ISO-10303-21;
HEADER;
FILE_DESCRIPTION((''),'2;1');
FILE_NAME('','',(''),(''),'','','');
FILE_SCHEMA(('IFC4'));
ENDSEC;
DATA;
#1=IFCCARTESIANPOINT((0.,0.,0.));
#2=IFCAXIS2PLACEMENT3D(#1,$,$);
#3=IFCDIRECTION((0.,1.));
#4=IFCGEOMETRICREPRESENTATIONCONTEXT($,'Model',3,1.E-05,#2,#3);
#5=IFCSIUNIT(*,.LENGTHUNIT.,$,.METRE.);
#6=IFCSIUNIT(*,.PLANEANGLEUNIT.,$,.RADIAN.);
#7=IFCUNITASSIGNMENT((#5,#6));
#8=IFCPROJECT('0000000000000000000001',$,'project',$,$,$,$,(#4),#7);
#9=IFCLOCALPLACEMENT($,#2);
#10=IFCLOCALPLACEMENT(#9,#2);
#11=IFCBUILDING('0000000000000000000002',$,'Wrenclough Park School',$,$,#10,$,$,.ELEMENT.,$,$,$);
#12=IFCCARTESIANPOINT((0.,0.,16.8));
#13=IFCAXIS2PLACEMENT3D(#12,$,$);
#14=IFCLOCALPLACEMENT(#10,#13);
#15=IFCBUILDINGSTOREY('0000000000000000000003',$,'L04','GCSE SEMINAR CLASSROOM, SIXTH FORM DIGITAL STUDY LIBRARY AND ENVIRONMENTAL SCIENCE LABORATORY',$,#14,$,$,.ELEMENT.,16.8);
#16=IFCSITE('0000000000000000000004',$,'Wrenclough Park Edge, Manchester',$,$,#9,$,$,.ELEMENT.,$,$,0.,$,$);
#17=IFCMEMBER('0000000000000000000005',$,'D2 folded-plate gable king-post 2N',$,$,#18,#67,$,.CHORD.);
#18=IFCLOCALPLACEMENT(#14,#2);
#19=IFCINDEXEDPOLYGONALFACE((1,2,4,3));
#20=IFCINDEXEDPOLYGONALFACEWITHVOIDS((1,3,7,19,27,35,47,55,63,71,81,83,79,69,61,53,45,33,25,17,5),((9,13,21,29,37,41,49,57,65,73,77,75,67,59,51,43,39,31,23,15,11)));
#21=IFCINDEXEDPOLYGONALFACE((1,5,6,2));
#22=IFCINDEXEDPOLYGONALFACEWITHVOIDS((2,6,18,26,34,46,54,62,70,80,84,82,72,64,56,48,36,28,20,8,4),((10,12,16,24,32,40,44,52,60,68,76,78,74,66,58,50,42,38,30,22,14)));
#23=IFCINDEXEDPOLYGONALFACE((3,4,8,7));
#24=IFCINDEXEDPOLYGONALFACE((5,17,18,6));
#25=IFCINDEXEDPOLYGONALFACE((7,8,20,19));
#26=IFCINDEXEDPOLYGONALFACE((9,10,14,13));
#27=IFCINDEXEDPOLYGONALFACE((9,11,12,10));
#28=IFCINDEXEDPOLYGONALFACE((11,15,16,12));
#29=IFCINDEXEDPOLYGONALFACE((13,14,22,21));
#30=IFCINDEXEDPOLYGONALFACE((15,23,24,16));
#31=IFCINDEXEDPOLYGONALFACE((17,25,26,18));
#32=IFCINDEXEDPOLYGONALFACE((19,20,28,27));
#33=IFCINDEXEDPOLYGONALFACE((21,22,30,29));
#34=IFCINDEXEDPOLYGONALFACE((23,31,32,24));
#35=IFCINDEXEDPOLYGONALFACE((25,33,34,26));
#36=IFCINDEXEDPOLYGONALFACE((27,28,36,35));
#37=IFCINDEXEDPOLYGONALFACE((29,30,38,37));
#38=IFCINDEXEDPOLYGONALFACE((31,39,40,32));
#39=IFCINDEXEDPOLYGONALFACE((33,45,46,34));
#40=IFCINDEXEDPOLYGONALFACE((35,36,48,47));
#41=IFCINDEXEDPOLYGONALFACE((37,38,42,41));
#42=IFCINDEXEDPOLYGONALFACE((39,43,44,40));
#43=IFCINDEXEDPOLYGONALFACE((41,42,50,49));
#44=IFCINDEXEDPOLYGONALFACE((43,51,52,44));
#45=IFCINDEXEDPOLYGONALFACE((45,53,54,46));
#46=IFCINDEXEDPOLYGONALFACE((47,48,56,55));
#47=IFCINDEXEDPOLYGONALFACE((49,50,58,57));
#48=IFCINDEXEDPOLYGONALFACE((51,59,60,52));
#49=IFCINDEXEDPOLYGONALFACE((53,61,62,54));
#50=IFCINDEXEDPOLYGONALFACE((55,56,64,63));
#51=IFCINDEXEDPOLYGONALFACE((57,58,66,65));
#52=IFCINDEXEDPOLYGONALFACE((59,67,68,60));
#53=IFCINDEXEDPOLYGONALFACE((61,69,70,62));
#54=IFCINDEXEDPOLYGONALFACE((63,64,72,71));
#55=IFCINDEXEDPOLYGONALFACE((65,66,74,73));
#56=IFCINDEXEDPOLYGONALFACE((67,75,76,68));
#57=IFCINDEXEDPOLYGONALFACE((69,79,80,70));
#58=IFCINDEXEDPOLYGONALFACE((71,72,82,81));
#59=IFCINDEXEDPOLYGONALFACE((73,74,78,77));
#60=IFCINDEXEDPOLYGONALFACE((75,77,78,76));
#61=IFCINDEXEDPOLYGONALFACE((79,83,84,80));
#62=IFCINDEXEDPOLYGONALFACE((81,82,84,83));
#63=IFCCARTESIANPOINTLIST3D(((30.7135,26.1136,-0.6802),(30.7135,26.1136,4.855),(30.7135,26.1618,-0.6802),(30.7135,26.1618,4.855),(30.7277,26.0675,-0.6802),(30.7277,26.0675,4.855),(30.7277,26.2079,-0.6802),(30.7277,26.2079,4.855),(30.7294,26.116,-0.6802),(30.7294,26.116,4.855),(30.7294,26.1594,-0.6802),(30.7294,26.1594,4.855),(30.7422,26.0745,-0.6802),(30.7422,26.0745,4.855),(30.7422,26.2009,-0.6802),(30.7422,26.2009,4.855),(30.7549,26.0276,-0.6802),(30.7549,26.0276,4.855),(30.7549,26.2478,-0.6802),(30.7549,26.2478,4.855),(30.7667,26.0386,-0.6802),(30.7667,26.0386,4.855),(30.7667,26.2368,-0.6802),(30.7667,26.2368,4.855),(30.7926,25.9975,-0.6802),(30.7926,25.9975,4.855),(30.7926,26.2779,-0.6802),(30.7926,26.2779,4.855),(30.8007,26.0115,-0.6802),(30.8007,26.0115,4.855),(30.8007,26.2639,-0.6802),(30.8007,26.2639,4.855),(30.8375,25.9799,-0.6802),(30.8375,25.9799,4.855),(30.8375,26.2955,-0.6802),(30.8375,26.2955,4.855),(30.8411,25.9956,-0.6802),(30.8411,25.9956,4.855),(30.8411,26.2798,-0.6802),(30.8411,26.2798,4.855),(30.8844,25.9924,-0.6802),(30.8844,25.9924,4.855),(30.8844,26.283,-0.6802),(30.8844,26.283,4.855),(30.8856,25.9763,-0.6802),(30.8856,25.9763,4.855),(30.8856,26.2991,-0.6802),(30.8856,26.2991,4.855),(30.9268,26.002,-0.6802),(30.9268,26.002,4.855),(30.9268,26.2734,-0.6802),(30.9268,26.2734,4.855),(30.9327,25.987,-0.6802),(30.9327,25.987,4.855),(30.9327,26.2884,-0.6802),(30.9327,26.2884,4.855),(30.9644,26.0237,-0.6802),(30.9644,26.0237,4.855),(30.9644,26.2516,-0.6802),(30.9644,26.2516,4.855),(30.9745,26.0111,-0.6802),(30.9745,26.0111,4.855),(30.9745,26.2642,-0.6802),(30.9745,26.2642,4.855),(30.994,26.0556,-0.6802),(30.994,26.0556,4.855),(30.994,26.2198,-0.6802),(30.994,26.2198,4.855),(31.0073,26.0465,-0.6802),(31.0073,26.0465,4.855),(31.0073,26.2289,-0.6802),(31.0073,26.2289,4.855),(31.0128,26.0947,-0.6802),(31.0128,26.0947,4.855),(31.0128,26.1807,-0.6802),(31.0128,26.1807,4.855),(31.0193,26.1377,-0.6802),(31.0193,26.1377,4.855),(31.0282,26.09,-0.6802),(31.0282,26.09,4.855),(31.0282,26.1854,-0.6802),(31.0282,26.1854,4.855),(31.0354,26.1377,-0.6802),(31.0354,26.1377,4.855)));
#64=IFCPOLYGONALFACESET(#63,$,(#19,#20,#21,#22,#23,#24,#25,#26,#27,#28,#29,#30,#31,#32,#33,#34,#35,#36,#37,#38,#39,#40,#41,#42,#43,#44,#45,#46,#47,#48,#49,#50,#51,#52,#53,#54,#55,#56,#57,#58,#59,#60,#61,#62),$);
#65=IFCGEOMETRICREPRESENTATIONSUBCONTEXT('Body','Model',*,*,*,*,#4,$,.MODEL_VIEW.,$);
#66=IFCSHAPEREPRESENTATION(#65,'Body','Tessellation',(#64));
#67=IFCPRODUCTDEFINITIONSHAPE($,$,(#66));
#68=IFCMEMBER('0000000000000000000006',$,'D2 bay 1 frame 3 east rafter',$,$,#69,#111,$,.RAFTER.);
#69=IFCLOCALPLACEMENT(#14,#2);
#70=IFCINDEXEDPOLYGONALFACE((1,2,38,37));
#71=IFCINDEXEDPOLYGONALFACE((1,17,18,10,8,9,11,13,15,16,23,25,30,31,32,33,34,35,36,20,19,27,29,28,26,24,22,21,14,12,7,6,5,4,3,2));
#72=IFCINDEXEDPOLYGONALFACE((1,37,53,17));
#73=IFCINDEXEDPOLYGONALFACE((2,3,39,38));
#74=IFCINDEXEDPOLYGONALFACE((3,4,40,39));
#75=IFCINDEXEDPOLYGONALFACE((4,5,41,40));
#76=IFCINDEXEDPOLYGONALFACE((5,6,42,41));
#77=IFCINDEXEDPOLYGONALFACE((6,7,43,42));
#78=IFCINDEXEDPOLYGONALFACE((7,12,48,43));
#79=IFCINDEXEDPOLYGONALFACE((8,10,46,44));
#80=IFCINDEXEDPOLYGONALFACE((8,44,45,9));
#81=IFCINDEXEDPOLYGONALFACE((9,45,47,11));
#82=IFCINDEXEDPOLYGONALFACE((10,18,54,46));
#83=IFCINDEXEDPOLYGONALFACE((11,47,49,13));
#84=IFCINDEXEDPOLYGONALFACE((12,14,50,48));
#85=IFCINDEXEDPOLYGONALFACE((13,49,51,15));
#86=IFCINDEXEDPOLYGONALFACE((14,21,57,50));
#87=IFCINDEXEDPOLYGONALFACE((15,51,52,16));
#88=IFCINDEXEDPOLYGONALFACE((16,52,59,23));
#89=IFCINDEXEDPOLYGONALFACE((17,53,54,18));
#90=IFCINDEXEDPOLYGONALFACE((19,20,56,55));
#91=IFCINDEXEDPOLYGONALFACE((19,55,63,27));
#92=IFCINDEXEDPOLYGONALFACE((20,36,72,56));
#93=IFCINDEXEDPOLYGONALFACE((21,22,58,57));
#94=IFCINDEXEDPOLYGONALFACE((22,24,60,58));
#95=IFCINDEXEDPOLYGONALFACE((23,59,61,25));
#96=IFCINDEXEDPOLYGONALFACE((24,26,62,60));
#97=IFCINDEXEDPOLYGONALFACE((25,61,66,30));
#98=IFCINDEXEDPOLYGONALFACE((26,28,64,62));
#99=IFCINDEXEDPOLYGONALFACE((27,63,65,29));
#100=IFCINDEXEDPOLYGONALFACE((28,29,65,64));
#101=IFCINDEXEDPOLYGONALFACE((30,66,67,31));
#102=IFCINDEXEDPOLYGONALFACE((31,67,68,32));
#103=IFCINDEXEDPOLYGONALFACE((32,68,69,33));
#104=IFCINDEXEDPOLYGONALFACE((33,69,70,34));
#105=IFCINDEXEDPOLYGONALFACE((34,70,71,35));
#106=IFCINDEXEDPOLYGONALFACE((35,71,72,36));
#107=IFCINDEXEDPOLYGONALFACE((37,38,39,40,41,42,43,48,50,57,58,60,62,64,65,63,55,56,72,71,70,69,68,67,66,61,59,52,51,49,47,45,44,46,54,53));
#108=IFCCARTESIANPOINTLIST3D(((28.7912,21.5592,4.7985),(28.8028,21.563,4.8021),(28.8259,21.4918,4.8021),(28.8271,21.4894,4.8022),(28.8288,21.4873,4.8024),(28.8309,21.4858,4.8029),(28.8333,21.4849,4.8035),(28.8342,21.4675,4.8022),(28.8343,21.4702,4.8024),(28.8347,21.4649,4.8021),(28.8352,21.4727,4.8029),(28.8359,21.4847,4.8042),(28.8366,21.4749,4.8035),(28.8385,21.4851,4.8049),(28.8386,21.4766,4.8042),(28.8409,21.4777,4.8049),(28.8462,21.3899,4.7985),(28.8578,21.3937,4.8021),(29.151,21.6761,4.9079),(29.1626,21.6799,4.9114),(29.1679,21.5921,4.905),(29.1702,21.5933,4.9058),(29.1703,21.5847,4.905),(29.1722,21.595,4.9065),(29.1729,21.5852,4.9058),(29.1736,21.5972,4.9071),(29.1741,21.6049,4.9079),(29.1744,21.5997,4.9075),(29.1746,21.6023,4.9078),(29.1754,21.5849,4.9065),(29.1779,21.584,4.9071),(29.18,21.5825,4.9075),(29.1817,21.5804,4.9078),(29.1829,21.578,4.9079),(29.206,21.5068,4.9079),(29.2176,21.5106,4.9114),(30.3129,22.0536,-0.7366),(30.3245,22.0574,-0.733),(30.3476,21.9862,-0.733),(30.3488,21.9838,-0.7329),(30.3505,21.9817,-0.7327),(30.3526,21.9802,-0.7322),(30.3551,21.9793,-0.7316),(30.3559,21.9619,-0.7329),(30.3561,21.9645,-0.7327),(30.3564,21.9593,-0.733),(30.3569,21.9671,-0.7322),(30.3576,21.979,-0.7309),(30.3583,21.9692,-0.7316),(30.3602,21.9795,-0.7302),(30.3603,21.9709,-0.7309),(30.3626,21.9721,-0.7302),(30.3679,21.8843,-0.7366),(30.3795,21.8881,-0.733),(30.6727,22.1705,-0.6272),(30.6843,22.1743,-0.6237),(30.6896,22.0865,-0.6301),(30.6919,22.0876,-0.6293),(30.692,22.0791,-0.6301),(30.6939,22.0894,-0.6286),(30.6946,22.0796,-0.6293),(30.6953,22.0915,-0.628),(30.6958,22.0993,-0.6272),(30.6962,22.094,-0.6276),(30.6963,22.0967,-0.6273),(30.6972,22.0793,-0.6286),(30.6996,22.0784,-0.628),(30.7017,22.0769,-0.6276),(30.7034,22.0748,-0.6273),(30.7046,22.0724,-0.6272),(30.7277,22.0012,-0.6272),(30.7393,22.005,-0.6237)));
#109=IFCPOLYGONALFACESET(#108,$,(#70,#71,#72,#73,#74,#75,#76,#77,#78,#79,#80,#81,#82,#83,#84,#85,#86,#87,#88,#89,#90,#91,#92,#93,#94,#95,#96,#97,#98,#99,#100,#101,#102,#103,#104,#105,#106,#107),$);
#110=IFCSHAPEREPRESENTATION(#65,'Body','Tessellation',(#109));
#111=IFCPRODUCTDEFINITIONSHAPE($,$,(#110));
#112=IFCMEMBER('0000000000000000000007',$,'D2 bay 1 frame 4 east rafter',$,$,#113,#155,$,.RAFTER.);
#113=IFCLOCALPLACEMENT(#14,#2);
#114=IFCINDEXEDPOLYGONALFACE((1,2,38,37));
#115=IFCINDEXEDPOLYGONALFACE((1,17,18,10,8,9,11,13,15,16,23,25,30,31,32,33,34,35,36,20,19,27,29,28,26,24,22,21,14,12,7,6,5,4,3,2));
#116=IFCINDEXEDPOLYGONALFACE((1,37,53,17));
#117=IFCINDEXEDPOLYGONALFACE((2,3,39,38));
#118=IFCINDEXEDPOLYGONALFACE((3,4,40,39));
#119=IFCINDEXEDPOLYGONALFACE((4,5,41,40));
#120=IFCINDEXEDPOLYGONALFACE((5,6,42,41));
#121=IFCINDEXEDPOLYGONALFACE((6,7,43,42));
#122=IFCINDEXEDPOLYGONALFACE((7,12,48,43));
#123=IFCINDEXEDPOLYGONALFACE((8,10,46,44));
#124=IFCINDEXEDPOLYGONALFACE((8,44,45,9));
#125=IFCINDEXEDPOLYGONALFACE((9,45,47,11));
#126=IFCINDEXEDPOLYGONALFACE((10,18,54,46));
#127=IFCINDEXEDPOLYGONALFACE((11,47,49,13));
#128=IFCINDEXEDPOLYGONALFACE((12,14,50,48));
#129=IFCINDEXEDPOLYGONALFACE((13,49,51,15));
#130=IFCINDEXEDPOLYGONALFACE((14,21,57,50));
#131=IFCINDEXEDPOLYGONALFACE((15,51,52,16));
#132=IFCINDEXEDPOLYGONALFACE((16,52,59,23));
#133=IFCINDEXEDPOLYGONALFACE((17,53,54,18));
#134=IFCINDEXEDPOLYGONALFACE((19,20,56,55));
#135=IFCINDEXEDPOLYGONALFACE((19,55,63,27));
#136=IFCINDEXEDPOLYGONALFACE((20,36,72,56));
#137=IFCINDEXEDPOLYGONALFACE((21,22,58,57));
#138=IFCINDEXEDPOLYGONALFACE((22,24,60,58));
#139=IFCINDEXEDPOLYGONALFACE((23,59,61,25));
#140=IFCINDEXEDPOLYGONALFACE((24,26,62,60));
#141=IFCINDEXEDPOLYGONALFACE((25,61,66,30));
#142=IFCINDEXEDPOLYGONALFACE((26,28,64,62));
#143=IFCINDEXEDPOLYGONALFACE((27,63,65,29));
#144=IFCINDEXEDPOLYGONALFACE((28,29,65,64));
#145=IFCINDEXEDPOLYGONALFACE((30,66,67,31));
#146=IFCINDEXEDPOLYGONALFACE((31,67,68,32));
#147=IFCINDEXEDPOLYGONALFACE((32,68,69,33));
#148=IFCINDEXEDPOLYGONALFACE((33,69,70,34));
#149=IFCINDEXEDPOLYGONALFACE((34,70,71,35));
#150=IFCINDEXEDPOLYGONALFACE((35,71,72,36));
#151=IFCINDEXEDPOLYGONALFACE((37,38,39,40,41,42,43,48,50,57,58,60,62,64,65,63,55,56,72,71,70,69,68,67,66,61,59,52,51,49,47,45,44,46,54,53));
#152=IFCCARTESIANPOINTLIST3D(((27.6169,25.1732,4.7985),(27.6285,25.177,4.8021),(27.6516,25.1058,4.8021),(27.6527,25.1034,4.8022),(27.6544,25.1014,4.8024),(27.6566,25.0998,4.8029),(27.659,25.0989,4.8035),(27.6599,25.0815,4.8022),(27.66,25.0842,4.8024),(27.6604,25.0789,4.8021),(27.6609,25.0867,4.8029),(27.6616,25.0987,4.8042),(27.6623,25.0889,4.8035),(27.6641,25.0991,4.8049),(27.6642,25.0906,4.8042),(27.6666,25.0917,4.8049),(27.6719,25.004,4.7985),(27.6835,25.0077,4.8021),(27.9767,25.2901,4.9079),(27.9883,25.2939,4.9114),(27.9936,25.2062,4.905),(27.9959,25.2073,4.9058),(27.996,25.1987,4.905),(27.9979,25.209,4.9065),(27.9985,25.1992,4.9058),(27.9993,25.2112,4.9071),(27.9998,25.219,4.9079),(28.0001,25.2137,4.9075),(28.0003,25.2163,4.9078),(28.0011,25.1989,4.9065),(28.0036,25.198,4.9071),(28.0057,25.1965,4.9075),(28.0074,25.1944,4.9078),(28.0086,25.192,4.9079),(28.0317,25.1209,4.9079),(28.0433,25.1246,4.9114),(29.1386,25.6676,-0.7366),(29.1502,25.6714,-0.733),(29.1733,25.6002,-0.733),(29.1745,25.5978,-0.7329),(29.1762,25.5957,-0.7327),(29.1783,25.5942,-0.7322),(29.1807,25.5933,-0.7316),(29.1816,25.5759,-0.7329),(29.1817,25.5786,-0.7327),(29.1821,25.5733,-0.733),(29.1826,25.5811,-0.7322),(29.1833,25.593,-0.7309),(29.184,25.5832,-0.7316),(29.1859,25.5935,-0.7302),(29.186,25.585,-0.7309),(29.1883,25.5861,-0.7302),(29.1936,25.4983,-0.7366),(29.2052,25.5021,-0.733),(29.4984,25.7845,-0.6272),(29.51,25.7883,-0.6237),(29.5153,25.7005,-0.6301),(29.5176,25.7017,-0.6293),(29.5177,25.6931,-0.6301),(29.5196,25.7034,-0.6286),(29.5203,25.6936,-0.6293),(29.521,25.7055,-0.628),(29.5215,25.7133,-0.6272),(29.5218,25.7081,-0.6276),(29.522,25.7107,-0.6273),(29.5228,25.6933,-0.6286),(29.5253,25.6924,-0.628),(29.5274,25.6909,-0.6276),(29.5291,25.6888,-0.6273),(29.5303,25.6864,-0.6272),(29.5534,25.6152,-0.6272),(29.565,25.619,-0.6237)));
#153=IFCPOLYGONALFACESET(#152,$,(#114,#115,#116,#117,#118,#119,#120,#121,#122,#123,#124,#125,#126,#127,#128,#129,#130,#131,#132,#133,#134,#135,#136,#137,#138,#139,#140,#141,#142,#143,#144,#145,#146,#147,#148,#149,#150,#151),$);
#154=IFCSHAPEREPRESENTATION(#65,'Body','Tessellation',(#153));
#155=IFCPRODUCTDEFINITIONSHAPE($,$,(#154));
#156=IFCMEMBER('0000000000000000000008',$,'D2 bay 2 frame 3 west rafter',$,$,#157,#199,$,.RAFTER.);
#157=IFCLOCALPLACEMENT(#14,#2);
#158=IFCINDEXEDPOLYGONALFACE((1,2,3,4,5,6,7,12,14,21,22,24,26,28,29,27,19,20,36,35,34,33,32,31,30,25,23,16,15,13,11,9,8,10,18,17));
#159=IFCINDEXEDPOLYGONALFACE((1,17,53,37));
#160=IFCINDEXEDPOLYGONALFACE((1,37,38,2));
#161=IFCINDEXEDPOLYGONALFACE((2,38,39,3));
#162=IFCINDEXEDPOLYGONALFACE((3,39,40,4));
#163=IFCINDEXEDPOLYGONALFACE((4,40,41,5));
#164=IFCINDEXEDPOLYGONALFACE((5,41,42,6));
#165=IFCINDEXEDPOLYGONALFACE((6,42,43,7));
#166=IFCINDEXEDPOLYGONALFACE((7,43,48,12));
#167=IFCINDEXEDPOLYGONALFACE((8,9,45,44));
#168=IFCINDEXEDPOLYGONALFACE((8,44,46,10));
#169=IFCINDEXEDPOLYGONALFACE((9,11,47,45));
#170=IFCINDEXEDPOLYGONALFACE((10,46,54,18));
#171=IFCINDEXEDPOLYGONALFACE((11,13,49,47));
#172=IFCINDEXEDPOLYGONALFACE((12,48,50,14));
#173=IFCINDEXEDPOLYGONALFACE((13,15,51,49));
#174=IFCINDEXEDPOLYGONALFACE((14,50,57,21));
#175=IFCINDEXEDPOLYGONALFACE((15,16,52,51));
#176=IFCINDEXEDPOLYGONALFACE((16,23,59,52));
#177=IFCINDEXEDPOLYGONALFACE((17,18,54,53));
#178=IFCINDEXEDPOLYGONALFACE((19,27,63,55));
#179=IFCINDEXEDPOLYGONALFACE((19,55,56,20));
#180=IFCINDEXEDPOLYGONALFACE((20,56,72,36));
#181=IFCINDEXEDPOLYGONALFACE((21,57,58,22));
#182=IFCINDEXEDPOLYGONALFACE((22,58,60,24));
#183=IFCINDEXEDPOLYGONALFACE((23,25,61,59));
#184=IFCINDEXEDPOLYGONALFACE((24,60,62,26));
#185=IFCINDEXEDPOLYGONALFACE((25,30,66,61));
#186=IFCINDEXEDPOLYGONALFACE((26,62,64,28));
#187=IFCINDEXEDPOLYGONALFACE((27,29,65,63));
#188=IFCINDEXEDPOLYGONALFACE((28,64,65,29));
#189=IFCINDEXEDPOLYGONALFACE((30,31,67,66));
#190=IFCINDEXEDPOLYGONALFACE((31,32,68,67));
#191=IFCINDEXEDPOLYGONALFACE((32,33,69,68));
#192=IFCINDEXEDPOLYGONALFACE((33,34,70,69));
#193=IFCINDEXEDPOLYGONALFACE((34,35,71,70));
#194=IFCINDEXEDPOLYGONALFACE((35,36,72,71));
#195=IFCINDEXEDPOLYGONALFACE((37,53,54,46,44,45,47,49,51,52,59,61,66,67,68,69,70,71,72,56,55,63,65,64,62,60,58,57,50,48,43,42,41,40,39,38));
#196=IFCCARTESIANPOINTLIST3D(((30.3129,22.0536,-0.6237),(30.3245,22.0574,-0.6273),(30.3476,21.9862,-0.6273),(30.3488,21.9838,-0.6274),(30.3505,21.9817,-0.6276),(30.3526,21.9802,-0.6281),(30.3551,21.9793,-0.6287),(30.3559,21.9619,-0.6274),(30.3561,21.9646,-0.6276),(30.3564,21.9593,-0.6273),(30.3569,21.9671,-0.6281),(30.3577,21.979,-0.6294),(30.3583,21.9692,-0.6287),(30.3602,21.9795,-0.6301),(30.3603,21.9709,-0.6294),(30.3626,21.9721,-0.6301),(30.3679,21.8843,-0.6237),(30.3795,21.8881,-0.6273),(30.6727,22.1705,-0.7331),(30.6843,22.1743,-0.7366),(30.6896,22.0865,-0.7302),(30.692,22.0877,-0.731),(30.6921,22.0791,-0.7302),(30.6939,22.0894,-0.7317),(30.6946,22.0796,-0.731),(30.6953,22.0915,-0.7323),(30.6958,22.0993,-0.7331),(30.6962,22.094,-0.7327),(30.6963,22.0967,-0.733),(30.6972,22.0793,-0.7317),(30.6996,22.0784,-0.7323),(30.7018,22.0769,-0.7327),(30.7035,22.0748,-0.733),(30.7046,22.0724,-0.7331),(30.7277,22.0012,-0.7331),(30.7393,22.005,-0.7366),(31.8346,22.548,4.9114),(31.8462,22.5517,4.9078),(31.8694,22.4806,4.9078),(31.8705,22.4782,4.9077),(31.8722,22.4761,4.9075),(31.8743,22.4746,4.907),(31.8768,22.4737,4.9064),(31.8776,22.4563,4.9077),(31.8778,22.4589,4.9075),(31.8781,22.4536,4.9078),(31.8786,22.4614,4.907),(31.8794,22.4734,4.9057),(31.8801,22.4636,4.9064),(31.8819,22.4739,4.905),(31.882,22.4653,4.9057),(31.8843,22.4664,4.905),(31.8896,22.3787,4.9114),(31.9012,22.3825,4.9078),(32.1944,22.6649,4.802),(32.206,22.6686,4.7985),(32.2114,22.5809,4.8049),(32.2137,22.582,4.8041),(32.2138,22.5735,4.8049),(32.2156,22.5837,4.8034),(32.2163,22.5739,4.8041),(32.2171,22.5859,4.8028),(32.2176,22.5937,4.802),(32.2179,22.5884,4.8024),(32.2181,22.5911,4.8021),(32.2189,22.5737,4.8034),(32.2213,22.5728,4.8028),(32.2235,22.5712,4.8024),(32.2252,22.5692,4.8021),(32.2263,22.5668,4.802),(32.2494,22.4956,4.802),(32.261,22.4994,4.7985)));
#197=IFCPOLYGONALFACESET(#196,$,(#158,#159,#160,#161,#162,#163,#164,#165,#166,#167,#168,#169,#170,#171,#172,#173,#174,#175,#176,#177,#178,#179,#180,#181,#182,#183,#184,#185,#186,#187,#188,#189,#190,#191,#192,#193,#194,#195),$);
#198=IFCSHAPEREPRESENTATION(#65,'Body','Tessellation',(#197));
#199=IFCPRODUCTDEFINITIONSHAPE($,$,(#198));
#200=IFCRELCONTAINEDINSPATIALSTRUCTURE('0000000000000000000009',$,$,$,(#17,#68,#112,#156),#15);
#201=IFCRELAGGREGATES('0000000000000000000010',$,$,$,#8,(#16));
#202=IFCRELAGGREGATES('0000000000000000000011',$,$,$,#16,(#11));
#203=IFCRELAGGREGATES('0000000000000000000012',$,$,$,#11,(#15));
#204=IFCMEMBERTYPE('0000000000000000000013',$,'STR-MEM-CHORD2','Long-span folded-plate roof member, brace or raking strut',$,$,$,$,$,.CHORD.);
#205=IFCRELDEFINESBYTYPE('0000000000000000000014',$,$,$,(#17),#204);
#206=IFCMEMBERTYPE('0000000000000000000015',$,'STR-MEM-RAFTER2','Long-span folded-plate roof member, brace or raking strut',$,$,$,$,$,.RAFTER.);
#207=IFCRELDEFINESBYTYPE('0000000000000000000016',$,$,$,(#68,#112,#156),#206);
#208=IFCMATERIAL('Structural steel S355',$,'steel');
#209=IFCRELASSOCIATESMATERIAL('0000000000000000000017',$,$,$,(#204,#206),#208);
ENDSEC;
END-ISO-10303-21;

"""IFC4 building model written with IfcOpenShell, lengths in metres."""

from ifc_helpers import new_model, si_unit, direction, frame, origin, origin_2d, place, context, subcontext, project, spatial, hollow_circle, i_section, extrude, material, material_profile, profile_set, type_object, element, save


model = new_model("IFC4")

# Units and contexts
model_context = context("Model", 3, precision=1e-05, world=origin(), true_north=direction((0.0, 1.0)))
body_context = subcontext(model_context, "Body", "Model", "MODEL_VIEW")
ifc_project = project(units=[si_unit("LENGTHUNIT", "METRE"), si_unit("PLANEANGLEUNIT", "RADIAN")], contexts=[model_context])

# Site, building, storey
site_placement = place(None, origin())
site = spatial("IfcSite", under=ifc_project, at=site_placement, Name="Wrenclough Park Edge, Manchester", CompositionType="ELEMENT", RefElevation=0.0)
building_placement = place(site_placement, origin())
building = spatial("IfcBuilding", under=site, at=building_placement, Name="Wrenclough Park School", CompositionType="ELEMENT")
storey_placement = place(building_placement, frame((0.0, 0.0, 16.8)))
storey = spatial("IfcBuildingStorey", under=building, at=storey_placement, Name="L04", Description="GCSE SEMINAR CLASSROOM, SIXTH FORM DIGITAL STUDY LIBRARY AND ENVIRONMENTAL SCIENCE LABORATORY", CompositionType="ELEMENT", Elevation=16.8)

# Members
ifc_material = material(Name="Structural steel S355", Category="steel")
ifc_material_profile_1 = material_profile(ifc_material, hollow_circle(Radius=0.1619, WallThickness=0.0161, at=origin_2d()), Name="CHS 323.9x16.0")
ifc_profile_set_1 = profile_set([ifc_material_profile_1], Name="Structural steel S355")
member_type_1 = type_object("IfcMemberType", Name="STR-MEM-CHORD2", Description="Long-span folded-plate roof member, brace or raking strut", PredefinedType="CHORD", material=ifc_profile_set_1)
for number, where, z_axis, x_axis, name in (
    (1, (30.8735, 26.1377, -0.6802), (0.0, 0.0, 1.0), (1.0, 0.0, 0.0), "D2 folded-plate gable king-post 2N"),
):
    element("IfcMember", number, at=place(storey_placement, frame(where, z_axis=z_axis, x_axis=x_axis)), inside=storey, type_object=member_type_1, Name=name, PredefinedType="CHORD", context=body_context, shape_type="SweptSolid", body=[
        extrude(hollow_circle(Radius=0.1619, WallThickness=0.0161, at=origin_2d()), origin(), (0.0, 0.0, 1.0), 5.5352),
    ])
ifc_material_profile_2 = material_profile(ifc_material, i_section(OverallWidth=0.178, OverallDepth=0.4065, WebThickness=0.0078, FlangeThickness=0.0127, FilletRadius=0.0103, at=origin_2d()), Name="UKB 406x178x60")
ifc_profile_set_2 = profile_set([ifc_material_profile_2], Name="Structural steel S355")
member_type_2 = type_object("IfcMemberType", Name="STR-MEM-RAFTER2", Description="Long-span folded-plate roof member, brace or raking strut", PredefinedType="RAFTER", material=ifc_profile_set_2)
for number, where, z_axis, x_axis, name in (
    (2, (29.0044, 21.5349, 4.855), (0.264108, 0.085804, -0.960669), (-0.308986, 0.951067, 0.0), "D2 bay 1 frame 3 east rafter"),
    (3, (27.8301, 25.1489, 4.855), (0.264108, 0.085804, -0.960669), (-0.308986, 0.951067, 0.0), "D2 bay 1 frame 4 east rafter"),
    (4, (30.5261, 22.0293, -0.6802), (0.264108, 0.085804, 0.960669), (-0.308986, 0.951067, 0.0), "D2 bay 2 frame 3 west rafter"),
):
    element("IfcMember", number, at=place(storey_placement, frame(where, z_axis=z_axis, x_axis=x_axis)), inside=storey, type_object=member_type_2, Name=name, PredefinedType="RAFTER", context=body_context, shape_type="SweptSolid", body=[
        extrude(i_section(OverallWidth=0.178, OverallDepth=0.4065, WebThickness=0.0078, FlangeThickness=0.0127, FilletRadius=0.0103, at=origin_2d()), origin(), (0.0, 0.0, 1.0), 5.7617),
    ])

save(model, "model.ifc")
